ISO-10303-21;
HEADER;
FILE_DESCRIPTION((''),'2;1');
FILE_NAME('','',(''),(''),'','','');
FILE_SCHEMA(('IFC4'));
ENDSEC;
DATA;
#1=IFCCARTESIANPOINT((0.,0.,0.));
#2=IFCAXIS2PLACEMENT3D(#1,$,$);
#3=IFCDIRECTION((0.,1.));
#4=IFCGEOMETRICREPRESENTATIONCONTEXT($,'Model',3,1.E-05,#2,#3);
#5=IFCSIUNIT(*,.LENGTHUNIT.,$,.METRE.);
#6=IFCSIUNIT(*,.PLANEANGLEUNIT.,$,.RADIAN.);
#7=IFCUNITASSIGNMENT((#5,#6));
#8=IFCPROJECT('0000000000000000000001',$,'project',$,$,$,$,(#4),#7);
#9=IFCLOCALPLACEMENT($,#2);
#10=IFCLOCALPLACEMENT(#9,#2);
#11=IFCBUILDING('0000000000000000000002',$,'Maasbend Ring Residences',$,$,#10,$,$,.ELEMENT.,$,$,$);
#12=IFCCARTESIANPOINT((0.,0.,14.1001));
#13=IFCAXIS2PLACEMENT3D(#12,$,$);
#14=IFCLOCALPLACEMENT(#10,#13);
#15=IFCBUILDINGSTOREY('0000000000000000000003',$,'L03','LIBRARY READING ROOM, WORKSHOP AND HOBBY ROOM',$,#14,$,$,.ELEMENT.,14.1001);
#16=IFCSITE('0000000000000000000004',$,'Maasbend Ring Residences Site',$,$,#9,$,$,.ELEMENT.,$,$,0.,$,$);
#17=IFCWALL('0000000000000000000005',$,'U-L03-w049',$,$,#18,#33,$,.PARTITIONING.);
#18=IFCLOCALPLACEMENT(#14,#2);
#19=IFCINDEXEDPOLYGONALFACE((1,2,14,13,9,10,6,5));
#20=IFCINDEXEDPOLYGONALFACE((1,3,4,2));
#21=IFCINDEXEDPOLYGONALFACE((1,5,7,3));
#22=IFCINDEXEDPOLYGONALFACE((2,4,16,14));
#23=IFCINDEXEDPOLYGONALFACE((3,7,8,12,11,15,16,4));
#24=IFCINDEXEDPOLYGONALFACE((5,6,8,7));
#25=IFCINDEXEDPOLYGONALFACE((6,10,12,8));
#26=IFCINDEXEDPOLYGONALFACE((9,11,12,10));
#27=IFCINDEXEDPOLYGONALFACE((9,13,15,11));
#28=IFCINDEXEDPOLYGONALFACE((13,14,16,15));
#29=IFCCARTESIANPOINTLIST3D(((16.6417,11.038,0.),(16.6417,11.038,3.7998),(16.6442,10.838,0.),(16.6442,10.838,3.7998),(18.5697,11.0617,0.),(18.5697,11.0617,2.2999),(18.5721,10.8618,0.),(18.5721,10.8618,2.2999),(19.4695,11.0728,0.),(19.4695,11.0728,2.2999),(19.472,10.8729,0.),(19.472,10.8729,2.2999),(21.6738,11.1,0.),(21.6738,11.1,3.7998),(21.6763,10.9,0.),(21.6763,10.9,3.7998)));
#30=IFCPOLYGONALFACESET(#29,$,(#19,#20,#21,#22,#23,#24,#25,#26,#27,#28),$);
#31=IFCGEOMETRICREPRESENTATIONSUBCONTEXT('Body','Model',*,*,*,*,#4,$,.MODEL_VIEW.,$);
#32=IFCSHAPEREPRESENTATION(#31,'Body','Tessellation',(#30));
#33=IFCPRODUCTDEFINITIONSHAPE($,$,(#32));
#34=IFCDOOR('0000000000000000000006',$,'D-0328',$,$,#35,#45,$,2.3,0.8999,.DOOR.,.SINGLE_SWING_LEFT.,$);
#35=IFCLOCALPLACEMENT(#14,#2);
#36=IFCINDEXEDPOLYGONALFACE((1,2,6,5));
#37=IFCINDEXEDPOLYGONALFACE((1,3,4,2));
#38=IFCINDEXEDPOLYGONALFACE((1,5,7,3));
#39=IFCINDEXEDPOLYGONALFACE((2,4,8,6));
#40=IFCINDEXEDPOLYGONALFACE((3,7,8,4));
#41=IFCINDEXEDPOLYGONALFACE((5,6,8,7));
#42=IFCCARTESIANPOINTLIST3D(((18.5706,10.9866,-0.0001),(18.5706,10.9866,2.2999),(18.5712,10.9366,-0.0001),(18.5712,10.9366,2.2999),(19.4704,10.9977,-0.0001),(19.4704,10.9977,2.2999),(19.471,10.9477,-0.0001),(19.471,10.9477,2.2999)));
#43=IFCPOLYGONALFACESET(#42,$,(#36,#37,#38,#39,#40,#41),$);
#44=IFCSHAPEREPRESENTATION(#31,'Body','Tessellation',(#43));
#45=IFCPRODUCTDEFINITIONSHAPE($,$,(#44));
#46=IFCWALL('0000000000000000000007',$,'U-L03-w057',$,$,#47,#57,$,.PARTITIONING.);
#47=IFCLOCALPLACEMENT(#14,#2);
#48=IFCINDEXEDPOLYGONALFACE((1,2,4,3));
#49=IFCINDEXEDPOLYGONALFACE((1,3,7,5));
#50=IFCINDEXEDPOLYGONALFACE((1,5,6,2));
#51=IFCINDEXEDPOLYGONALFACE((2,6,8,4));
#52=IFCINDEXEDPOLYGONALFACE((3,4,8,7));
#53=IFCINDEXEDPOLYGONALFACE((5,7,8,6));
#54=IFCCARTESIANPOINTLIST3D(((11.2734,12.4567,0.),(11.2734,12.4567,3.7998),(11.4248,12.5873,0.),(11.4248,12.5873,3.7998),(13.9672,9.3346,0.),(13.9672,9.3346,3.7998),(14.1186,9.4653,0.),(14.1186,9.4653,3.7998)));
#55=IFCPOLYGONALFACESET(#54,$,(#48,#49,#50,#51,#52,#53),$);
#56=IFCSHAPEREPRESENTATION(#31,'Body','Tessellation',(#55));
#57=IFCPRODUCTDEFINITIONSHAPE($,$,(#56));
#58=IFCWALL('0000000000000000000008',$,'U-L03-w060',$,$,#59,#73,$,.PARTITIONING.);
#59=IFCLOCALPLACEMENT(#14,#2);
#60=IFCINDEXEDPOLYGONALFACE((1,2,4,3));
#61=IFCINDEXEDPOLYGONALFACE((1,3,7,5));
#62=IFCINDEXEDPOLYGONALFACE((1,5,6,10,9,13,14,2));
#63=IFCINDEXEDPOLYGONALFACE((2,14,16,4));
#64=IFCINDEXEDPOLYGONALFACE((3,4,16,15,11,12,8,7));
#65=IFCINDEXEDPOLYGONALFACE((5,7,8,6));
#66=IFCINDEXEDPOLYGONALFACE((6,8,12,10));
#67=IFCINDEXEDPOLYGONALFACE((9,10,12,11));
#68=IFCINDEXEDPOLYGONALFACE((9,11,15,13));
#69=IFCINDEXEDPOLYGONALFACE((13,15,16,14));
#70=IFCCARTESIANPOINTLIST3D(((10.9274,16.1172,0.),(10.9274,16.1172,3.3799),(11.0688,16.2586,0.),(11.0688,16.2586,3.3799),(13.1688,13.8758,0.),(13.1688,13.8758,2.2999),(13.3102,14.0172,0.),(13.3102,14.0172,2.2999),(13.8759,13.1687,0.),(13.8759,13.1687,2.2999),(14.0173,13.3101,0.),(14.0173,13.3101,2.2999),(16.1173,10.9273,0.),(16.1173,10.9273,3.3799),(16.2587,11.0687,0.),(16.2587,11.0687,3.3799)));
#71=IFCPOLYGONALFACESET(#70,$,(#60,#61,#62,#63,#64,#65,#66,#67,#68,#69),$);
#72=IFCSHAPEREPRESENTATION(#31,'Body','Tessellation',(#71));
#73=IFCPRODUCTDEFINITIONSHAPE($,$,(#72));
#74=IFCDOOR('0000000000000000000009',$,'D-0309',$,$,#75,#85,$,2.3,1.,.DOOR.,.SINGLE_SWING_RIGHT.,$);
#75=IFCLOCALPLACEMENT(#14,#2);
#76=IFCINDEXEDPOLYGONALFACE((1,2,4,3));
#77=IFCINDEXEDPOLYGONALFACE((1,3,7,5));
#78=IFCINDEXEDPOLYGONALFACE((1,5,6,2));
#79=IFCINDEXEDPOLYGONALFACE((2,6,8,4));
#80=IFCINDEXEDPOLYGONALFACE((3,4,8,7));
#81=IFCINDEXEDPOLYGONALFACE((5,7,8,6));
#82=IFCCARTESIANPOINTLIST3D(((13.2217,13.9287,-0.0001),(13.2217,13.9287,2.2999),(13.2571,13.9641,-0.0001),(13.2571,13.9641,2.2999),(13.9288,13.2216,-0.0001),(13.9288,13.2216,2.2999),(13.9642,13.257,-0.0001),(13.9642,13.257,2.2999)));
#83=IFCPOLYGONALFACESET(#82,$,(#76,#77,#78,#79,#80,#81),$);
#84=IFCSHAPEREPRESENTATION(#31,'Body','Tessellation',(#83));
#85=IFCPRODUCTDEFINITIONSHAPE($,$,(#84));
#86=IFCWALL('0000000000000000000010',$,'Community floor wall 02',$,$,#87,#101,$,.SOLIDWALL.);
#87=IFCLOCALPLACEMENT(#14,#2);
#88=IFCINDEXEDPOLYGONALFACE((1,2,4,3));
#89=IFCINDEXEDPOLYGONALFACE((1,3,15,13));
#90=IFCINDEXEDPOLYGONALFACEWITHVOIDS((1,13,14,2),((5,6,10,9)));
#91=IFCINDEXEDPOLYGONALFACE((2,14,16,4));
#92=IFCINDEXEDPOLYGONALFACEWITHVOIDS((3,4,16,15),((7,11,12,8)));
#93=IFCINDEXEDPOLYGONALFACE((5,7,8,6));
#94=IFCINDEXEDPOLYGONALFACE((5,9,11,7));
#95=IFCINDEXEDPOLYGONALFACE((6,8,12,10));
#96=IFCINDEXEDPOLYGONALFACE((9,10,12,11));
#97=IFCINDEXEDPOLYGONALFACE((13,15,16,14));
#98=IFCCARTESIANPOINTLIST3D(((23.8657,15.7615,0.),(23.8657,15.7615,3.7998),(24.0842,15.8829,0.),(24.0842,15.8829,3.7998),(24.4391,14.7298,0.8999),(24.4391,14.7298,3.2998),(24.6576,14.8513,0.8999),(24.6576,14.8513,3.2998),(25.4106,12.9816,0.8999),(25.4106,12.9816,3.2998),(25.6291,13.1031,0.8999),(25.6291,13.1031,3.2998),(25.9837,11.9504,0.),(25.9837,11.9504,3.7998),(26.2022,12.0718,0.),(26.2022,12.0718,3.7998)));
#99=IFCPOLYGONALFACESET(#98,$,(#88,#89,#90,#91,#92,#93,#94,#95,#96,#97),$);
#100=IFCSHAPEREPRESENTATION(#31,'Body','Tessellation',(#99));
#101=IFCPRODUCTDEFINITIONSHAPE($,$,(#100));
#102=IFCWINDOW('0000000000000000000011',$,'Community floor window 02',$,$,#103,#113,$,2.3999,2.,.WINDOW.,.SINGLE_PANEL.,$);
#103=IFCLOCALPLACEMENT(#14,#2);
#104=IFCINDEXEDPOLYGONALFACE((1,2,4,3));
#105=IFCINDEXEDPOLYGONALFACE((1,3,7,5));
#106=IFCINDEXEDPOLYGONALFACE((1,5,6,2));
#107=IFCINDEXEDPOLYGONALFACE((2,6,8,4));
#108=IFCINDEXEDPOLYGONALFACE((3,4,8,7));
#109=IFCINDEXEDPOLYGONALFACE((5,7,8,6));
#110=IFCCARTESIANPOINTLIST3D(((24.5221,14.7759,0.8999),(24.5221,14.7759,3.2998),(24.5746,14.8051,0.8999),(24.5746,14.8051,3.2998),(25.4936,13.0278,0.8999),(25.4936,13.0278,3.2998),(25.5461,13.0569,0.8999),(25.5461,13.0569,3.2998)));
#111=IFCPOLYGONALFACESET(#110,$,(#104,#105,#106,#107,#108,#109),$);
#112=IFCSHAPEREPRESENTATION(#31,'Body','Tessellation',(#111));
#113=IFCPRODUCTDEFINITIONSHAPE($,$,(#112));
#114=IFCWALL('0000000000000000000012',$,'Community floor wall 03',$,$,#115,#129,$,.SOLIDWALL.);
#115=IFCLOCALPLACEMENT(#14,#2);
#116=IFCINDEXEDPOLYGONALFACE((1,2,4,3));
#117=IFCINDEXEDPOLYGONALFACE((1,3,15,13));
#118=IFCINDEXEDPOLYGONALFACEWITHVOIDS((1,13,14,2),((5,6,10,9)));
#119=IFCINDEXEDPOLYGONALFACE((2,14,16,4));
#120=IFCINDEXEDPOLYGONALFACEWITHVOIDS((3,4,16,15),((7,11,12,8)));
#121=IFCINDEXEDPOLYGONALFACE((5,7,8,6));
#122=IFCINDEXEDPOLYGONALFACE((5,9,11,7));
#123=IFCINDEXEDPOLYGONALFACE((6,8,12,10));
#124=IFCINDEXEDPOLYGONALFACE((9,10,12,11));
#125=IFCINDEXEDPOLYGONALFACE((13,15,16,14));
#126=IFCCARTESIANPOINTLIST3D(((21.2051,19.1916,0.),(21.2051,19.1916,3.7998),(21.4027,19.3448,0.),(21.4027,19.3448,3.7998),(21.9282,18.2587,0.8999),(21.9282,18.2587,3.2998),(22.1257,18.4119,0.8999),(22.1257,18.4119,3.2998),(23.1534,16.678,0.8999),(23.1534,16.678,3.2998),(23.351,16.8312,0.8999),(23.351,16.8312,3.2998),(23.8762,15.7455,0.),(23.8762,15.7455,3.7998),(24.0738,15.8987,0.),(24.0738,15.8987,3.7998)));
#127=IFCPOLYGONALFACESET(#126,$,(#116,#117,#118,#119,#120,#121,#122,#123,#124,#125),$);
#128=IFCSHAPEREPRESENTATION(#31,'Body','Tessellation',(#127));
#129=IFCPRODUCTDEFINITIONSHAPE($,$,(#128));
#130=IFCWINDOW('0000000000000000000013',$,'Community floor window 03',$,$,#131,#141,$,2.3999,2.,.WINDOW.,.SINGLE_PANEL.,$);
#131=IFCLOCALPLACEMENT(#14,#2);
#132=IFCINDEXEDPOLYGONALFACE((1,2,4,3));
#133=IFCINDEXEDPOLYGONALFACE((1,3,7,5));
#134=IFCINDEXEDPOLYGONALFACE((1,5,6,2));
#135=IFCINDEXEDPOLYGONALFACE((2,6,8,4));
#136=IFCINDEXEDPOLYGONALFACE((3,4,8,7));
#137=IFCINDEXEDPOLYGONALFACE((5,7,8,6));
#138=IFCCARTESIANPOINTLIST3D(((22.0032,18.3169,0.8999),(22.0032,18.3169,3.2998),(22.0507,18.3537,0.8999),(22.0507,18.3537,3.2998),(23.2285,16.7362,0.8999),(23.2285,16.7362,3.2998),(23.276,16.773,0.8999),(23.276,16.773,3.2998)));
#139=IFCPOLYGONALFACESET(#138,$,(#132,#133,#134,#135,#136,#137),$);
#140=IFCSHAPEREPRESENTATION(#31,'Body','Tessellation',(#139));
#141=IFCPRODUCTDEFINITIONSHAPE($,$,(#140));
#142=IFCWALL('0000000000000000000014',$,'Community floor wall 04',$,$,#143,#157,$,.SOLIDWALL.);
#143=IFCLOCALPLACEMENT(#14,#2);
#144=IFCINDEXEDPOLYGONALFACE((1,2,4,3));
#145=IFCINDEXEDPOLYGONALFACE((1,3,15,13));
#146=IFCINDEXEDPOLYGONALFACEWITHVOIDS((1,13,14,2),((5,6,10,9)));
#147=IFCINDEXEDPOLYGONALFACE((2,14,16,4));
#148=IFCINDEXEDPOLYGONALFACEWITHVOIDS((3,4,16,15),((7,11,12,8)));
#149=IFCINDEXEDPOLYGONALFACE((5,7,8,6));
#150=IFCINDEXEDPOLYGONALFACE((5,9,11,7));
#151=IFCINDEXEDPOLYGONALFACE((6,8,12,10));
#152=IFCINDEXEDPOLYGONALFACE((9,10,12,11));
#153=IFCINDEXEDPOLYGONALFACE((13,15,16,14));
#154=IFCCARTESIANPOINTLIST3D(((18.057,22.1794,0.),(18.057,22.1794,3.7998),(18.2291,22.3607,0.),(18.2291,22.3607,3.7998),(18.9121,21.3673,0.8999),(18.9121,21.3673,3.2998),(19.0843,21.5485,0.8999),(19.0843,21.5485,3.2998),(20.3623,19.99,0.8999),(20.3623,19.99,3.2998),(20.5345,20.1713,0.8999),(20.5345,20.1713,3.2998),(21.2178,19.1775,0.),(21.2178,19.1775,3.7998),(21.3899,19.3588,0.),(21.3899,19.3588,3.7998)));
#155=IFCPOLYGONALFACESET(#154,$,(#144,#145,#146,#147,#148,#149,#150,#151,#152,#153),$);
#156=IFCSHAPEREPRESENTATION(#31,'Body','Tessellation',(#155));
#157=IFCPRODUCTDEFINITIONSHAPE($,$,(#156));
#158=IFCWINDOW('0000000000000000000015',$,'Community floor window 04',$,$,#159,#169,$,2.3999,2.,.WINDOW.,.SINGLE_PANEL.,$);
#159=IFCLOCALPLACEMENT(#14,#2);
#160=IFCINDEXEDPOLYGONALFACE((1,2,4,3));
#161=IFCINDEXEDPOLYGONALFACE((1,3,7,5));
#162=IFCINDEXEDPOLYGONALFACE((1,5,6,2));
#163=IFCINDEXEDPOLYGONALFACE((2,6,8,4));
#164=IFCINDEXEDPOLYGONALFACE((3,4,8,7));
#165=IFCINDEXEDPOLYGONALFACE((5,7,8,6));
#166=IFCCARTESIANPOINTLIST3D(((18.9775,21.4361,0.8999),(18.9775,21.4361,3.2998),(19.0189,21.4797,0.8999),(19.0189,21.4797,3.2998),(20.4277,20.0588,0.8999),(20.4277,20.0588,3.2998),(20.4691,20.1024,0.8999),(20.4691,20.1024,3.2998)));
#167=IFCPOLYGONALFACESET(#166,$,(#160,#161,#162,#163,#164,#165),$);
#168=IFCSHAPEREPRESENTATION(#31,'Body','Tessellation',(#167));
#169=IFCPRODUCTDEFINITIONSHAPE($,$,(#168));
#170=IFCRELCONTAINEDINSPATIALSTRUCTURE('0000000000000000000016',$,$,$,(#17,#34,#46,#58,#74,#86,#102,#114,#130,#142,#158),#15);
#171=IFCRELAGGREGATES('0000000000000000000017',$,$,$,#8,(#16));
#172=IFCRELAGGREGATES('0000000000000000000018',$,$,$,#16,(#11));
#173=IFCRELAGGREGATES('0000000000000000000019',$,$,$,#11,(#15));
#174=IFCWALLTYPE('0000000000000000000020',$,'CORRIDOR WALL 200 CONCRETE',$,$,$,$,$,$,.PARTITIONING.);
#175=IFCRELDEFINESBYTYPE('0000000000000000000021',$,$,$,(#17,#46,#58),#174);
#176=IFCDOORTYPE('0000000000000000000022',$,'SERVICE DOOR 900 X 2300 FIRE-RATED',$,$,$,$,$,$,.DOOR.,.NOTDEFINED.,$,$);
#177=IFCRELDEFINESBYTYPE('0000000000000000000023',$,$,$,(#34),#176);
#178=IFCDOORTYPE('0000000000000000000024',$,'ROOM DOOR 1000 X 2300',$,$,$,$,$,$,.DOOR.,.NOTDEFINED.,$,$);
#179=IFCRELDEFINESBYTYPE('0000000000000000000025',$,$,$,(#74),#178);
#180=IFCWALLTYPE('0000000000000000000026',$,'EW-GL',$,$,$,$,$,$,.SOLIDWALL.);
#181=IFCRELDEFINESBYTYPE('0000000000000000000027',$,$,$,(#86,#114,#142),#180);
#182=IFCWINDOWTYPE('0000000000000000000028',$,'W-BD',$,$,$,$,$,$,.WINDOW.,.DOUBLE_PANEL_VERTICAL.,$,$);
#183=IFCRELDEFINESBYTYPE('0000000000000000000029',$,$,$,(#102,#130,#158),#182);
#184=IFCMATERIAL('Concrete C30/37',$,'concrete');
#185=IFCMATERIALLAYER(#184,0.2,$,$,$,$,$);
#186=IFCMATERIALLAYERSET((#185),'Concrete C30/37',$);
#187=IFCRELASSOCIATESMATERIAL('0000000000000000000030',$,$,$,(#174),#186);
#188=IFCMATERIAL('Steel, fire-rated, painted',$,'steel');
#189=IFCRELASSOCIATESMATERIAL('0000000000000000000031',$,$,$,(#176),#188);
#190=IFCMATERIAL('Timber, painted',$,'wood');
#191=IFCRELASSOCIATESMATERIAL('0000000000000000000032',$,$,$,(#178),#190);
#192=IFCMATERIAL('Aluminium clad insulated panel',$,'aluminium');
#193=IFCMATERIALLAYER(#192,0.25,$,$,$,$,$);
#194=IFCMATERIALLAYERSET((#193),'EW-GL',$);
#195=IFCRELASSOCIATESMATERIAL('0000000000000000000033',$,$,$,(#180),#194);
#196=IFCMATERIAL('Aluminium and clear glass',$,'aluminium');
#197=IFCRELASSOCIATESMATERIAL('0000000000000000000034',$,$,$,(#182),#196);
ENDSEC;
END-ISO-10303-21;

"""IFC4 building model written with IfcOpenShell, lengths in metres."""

from ifc_helpers import new_model, si_unit, direction, frame, frame_2d, origin, place, context, subcontext, project, spatial, rectangle, extrude, material, layer, layer_set, type_object, element, fill, save


model = new_model("IFC4")

# Units and contexts
model_context = context("Model", 3, precision=1e-05, world=origin(), true_north=direction((0.0, 1.0)))
body_context = subcontext(model_context, "Body", "Model", "MODEL_VIEW")
ifc_project = project(units=[si_unit("LENGTHUNIT", "METRE"), si_unit("PLANEANGLEUNIT", "RADIAN")], contexts=[model_context])

# Site, building, storey
site_placement = place(None, origin())
site = spatial("IfcSite", under=ifc_project, at=site_placement, Name="Maasbend Ring Residences Site", CompositionType="ELEMENT", RefElevation=0.0)
building_placement = place(site_placement, origin())
building = spatial("IfcBuilding", under=site, at=building_placement, Name="Maasbend Ring Residences", CompositionType="ELEMENT")
storey_placement = place(building_placement, frame((0.0, 0.0, 14.1001)))
storey = spatial("IfcBuildingStorey", under=building, at=storey_placement, Name="L03", Description="LIBRARY READING ROOM, WORKSHOP AND HOBBY ROOM", CompositionType="ELEMENT", Elevation=14.1001)

# Wall, opening, door
ifc_material_1 = material(Name="Concrete C30/37", Category="concrete")
ifc_layer_1 = layer(ifc_material_1, 0.2)
ifc_layer_set_1 = layer_set([ifc_layer_1], Name="Concrete C30/37")
wall_type_1 = type_object("IfcWallType", Name="CORRIDOR WALL 200 CONCRETE", PredefinedType="PARTITIONING", material=ifc_layer_set_1)
wall_1_placement = place(storey_placement, frame((16.6431, 10.938, 0.0), z_axis=(0.0, 0.0, 1.0), x_axis=(0.999924, 0.012323, 0.0)))
wall_1 = element("IfcWall", 1, at=wall_1_placement, inside=storey, type_object=wall_type_1, Name="U-L03-w049", PredefinedType="PARTITIONING", context=body_context, shape_type="SweptSolid", body=[
    extrude(rectangle(XDim=5.0325, YDim=0.2, at=frame_2d((2.5161, 0.0))), origin(), (0.0, 0.0, 1.0), 3.7998),
])
opening_1_placement = place(wall_1_placement, frame((1.928, 0.0, 0.0)))
opening_1 = element("IfcOpeningElement", 2, at=opening_1_placement, cuts=wall_1, PredefinedType="OPENING", context=body_context, shape_type="SweptSolid", body=[
    extrude(rectangle(XDim=0.8999, YDim=2.3, at=frame_2d((0.45, 1.1499))), frame((0.0, 0.1099, 0.0), z_axis=(0.0, -1.0, 0.0), x_axis=(1.0, 0.0, 0.0)), (0.0, 0.0, 1.0), 0.22),
])
ifc_material_2 = material(Name="Steel, fire-rated, painted", Category="steel")
door_type_1 = type_object("IfcDoorType", Name="SERVICE DOOR 900 X 2300 FIRE-RATED", OperationType="NOTDEFINED", PredefinedType="DOOR", material=ifc_material_2)
door_1_placement = place(opening_1_placement, origin())
door_1 = element("IfcDoor", 3, at=door_1_placement, inside=storey, type_object=door_type_1, Name="D-0328", OperationType="SINGLE_SWING_LEFT", OverallHeight=2.3, OverallWidth=0.8999, PredefinedType="DOOR", context=body_context, shape_type="SweptSolid", body=[
    extrude(rectangle(XDim=0.8999, YDim=2.3, at=frame_2d((0.45, 1.1499))), frame((0.0, 0.0249, 0.0), z_axis=(0.0, -1.0, 0.0), x_axis=(1.0, 0.0, 0.0)), (0.0, 0.0, 1.0), 0.05),
])
fill(opening_1, door_1)

# Wall
wall_2_placement = place(storey_placement, frame((11.3491, 12.522, 0.0), z_axis=(0.0, 0.0, 1.0), x_axis=(0.653275, -0.757121, 0.0)))
element("IfcWall", 4, at=wall_2_placement, inside=storey, type_object=wall_type_1, Name="U-L03-w057", PredefinedType="PARTITIONING", context=body_context, shape_type="SweptSolid", body=[
    extrude(rectangle(XDim=4.1235, YDim=0.2, at=frame_2d((2.0618, 0.0))), origin(), (0.0, 0.0, 1.0), 3.7998),
])

# Wall, opening, door
wall_3_placement = place(storey_placement, frame((10.998, 16.188, 0.0), z_axis=(0.0, 0.0, 1.0), x_axis=(0.707107, -0.707107, 0.0)))
wall_3 = element("IfcWall", 5, at=wall_3_placement, inside=storey, type_object=wall_type_1, Name="U-L03-w060", PredefinedType="PARTITIONING", context=body_context, shape_type="SweptSolid", body=[
    extrude(rectangle(XDim=7.3396, YDim=0.2, at=frame_2d((3.6699, 0.0))), origin(), (0.0, 0.0, 1.0), 3.3799),
])
opening_2_placement = place(wall_3_placement, frame((3.1699, 0.0, 0.0)))
opening_2 = element("IfcOpeningElement", 6, at=opening_2_placement, cuts=wall_3, PredefinedType="OPENING", context=body_context, shape_type="SweptSolid", body=[
    extrude(rectangle(XDim=1.0, YDim=2.3, at=frame_2d((0.5, 1.1499))), frame((0.0, 0.1099, 0.0), z_axis=(0.0, -1.0, 0.0), x_axis=(1.0, 0.0, 0.0)), (0.0, 0.0, 1.0), 0.22),
])
ifc_material_3 = material(Name="Timber, painted", Category="wood")
door_type_2 = type_object("IfcDoorType", Name="ROOM DOOR 1000 X 2300", OperationType="NOTDEFINED", PredefinedType="DOOR", material=ifc_material_3)
door_2_placement = place(opening_2_placement, origin())
door_2 = element("IfcDoor", 7, at=door_2_placement, inside=storey, type_object=door_type_2, Name="D-0309", OperationType="SINGLE_SWING_RIGHT", OverallHeight=2.3, OverallWidth=1.0, PredefinedType="DOOR", context=body_context, shape_type="SweptSolid", body=[
    extrude(rectangle(XDim=1.0, YDim=2.3, at=frame_2d((0.5, 1.1499))), frame((0.0, 0.0249, 0.0), z_axis=(0.0, -1.0, 0.0), x_axis=(1.0, 0.0, 0.0)), (0.0, 0.0, 1.0), 0.05),
])
fill(opening_2, door_2)

# Walls, openings, windows
ifc_material_4 = material(Name="Aluminium clad insulated panel", Category="aluminium")
ifc_layer_2 = layer(ifc_material_4, 0.25)
ifc_layer_set_2 = layer_set([ifc_layer_2], Name="EW-GL")
wall_type_2 = type_object("IfcWallType", Name="EW-GL", PredefinedType="SOLIDWALL", material=ifc_layer_set_2)
wall_4_placement = place(storey_placement, frame((26.093, 12.011, 0.0), z_axis=(0.0, 0.0, 1.0), x_axis=(-0.485762, 0.874091, 0.0)))
wall_4 = element("IfcWall", 8, at=wall_4_placement, inside=storey, type_object=wall_type_2, Name="Community floor wall 02", PredefinedType="SOLIDWALL", context=body_context, shape_type="SweptSolid", body=[
    extrude(rectangle(XDim=4.3601, YDim=0.25, at=frame_2d((2.1802, 0.0))), origin(), (0.0, 0.0, 1.0), 3.7998),
])
opening_3_placement = place(wall_4_placement, frame((1.1799, 0.0, 0.8999)))
opening_3 = element("IfcOpeningElement", 9, at=opening_3_placement, cuts=wall_4, PredefinedType="OPENING", context=body_context, shape_type="SweptSolid", body=[
    extrude(rectangle(XDim=2.0, YDim=2.3999, at=frame_2d((1.0, 1.2))), frame((0.0, 0.135, 0.0), z_axis=(0.0, -1.0, 0.0), x_axis=(1.0, 0.0, 0.0)), (0.0, 0.0, 1.0), 0.27),
])
ifc_material_5 = material(Name="Aluminium and clear glass", Category="aluminium")
window_type = type_object("IfcWindowType", Name="W-BD", PartitioningType="DOUBLE_PANEL_VERTICAL", PredefinedType="WINDOW", material=ifc_material_5)
window_1_placement = place(opening_3_placement, origin())
window_1 = element("IfcWindow", 10, at=window_1_placement, inside=storey, type_object=window_type, Name="Community floor window 02", OverallHeight=2.3999, OverallWidth=2.0, PartitioningType="SINGLE_PANEL", PredefinedType="WINDOW", context=body_context, shape_type="SweptSolid", body=[
    extrude(rectangle(XDim=2.0, YDim=2.3999, at=frame_2d((1.0, 1.2))), frame((0.0, 0.03, 0.0), z_axis=(0.0, -1.0, 0.0), x_axis=(1.0, 0.0, 0.0)), (0.0, 0.0, 1.0), 0.0601),
])
fill(opening_3, window_1)
wall_5_placement = place(storey_placement, frame((23.9751, 15.822, 0.0), z_axis=(0.0, 0.0, 1.0), x_axis=(-0.612637, 0.790364, 0.0)))
wall_5 = element("IfcWall", 11, at=wall_5_placement, inside=storey, type_object=wall_type_2, Name="Community floor wall 03", PredefinedType="SOLIDWALL", context=body_context, shape_type="SweptSolid", body=[
    extrude(rectangle(XDim=4.3601, YDim=0.25, at=frame_2d((2.1802, 0.0))), origin(), (0.0, 0.0, 1.0), 3.7998),
])
opening_4_placement = place(wall_5_placement, frame((1.1799, 0.0, 0.8999)))
opening_4 = element("IfcOpeningElement", 12, at=opening_4_placement, cuts=wall_5, PredefinedType="OPENING", context=body_context, shape_type="SweptSolid", body=[
    extrude(rectangle(XDim=2.0, YDim=2.3999, at=frame_2d((1.0, 1.2))), frame((0.0, 0.135, 0.0), z_axis=(0.0, -1.0, 0.0), x_axis=(1.0, 0.0, 0.0)), (0.0, 0.0, 1.0), 0.27),
])
window_2_placement = place(opening_4_placement, origin())
window_2 = element("IfcWindow", 13, at=window_2_placement, inside=storey, type_object=window_type, Name="Community floor window 03", OverallHeight=2.3999, OverallWidth=2.0, PartitioningType="SINGLE_PANEL", PredefinedType="WINDOW", context=body_context, shape_type="SweptSolid", body=[
    extrude(rectangle(XDim=2.0, YDim=2.3999, at=frame_2d((1.0, 1.2))), frame((0.0, 0.03, 0.0), z_axis=(0.0, -1.0, 0.0), x_axis=(1.0, 0.0, 0.0)), (0.0, 0.0, 1.0), 0.0601),
])
fill(opening_4, window_2)
wall_6_placement = place(storey_placement, frame((21.304, 19.2681, 0.0), z_axis=(0.0, 0.0, 1.0), x_axis=(-0.725102, 0.688642, 0.0)))
wall_6 = element("IfcWall", 14, at=wall_6_placement, inside=storey, type_object=wall_type_2, Name="Community floor wall 04", PredefinedType="SOLIDWALL", context=body_context, shape_type="SweptSolid", body=[
    extrude(rectangle(XDim=4.3591, YDim=0.25, at=frame_2d((2.1797, 0.0))), origin(), (0.0, 0.0, 1.0), 3.7998),
])
opening_5_placement = place(wall_6_placement, frame((1.1799, 0.0, 0.8999)))
opening_5 = element("IfcOpeningElement", 15, at=opening_5_placement, cuts=wall_6, PredefinedType="OPENING", context=body_context, shape_type="SweptSolid", body=[
    extrude(rectangle(XDim=2.0, YDim=2.3999, at=frame_2d((1.0, 1.2))), frame((0.0, 0.135, 0.0), z_axis=(0.0, -1.0, 0.0), x_axis=(1.0, 0.0, 0.0)), (0.0, 0.0, 1.0), 0.27),
])
window_3_placement = place(opening_5_placement, origin())
window_3 = element("IfcWindow", 16, at=window_3_placement, inside=storey, type_object=window_type, Name="Community floor window 04", OverallHeight=2.3999, OverallWidth=2.0, PartitioningType="SINGLE_PANEL", PredefinedType="WINDOW", context=body_context, shape_type="SweptSolid", body=[
    extrude(rectangle(XDim=2.0, YDim=2.3999, at=frame_2d((1.0, 1.2))), frame((0.0, 0.03, 0.0), z_axis=(0.0, -1.0, 0.0), x_axis=(1.0, 0.0, 0.0)), (0.0, 0.0, 1.0), 0.0601),
])
fill(opening_5, window_3)

save(model, "model.ifc")
